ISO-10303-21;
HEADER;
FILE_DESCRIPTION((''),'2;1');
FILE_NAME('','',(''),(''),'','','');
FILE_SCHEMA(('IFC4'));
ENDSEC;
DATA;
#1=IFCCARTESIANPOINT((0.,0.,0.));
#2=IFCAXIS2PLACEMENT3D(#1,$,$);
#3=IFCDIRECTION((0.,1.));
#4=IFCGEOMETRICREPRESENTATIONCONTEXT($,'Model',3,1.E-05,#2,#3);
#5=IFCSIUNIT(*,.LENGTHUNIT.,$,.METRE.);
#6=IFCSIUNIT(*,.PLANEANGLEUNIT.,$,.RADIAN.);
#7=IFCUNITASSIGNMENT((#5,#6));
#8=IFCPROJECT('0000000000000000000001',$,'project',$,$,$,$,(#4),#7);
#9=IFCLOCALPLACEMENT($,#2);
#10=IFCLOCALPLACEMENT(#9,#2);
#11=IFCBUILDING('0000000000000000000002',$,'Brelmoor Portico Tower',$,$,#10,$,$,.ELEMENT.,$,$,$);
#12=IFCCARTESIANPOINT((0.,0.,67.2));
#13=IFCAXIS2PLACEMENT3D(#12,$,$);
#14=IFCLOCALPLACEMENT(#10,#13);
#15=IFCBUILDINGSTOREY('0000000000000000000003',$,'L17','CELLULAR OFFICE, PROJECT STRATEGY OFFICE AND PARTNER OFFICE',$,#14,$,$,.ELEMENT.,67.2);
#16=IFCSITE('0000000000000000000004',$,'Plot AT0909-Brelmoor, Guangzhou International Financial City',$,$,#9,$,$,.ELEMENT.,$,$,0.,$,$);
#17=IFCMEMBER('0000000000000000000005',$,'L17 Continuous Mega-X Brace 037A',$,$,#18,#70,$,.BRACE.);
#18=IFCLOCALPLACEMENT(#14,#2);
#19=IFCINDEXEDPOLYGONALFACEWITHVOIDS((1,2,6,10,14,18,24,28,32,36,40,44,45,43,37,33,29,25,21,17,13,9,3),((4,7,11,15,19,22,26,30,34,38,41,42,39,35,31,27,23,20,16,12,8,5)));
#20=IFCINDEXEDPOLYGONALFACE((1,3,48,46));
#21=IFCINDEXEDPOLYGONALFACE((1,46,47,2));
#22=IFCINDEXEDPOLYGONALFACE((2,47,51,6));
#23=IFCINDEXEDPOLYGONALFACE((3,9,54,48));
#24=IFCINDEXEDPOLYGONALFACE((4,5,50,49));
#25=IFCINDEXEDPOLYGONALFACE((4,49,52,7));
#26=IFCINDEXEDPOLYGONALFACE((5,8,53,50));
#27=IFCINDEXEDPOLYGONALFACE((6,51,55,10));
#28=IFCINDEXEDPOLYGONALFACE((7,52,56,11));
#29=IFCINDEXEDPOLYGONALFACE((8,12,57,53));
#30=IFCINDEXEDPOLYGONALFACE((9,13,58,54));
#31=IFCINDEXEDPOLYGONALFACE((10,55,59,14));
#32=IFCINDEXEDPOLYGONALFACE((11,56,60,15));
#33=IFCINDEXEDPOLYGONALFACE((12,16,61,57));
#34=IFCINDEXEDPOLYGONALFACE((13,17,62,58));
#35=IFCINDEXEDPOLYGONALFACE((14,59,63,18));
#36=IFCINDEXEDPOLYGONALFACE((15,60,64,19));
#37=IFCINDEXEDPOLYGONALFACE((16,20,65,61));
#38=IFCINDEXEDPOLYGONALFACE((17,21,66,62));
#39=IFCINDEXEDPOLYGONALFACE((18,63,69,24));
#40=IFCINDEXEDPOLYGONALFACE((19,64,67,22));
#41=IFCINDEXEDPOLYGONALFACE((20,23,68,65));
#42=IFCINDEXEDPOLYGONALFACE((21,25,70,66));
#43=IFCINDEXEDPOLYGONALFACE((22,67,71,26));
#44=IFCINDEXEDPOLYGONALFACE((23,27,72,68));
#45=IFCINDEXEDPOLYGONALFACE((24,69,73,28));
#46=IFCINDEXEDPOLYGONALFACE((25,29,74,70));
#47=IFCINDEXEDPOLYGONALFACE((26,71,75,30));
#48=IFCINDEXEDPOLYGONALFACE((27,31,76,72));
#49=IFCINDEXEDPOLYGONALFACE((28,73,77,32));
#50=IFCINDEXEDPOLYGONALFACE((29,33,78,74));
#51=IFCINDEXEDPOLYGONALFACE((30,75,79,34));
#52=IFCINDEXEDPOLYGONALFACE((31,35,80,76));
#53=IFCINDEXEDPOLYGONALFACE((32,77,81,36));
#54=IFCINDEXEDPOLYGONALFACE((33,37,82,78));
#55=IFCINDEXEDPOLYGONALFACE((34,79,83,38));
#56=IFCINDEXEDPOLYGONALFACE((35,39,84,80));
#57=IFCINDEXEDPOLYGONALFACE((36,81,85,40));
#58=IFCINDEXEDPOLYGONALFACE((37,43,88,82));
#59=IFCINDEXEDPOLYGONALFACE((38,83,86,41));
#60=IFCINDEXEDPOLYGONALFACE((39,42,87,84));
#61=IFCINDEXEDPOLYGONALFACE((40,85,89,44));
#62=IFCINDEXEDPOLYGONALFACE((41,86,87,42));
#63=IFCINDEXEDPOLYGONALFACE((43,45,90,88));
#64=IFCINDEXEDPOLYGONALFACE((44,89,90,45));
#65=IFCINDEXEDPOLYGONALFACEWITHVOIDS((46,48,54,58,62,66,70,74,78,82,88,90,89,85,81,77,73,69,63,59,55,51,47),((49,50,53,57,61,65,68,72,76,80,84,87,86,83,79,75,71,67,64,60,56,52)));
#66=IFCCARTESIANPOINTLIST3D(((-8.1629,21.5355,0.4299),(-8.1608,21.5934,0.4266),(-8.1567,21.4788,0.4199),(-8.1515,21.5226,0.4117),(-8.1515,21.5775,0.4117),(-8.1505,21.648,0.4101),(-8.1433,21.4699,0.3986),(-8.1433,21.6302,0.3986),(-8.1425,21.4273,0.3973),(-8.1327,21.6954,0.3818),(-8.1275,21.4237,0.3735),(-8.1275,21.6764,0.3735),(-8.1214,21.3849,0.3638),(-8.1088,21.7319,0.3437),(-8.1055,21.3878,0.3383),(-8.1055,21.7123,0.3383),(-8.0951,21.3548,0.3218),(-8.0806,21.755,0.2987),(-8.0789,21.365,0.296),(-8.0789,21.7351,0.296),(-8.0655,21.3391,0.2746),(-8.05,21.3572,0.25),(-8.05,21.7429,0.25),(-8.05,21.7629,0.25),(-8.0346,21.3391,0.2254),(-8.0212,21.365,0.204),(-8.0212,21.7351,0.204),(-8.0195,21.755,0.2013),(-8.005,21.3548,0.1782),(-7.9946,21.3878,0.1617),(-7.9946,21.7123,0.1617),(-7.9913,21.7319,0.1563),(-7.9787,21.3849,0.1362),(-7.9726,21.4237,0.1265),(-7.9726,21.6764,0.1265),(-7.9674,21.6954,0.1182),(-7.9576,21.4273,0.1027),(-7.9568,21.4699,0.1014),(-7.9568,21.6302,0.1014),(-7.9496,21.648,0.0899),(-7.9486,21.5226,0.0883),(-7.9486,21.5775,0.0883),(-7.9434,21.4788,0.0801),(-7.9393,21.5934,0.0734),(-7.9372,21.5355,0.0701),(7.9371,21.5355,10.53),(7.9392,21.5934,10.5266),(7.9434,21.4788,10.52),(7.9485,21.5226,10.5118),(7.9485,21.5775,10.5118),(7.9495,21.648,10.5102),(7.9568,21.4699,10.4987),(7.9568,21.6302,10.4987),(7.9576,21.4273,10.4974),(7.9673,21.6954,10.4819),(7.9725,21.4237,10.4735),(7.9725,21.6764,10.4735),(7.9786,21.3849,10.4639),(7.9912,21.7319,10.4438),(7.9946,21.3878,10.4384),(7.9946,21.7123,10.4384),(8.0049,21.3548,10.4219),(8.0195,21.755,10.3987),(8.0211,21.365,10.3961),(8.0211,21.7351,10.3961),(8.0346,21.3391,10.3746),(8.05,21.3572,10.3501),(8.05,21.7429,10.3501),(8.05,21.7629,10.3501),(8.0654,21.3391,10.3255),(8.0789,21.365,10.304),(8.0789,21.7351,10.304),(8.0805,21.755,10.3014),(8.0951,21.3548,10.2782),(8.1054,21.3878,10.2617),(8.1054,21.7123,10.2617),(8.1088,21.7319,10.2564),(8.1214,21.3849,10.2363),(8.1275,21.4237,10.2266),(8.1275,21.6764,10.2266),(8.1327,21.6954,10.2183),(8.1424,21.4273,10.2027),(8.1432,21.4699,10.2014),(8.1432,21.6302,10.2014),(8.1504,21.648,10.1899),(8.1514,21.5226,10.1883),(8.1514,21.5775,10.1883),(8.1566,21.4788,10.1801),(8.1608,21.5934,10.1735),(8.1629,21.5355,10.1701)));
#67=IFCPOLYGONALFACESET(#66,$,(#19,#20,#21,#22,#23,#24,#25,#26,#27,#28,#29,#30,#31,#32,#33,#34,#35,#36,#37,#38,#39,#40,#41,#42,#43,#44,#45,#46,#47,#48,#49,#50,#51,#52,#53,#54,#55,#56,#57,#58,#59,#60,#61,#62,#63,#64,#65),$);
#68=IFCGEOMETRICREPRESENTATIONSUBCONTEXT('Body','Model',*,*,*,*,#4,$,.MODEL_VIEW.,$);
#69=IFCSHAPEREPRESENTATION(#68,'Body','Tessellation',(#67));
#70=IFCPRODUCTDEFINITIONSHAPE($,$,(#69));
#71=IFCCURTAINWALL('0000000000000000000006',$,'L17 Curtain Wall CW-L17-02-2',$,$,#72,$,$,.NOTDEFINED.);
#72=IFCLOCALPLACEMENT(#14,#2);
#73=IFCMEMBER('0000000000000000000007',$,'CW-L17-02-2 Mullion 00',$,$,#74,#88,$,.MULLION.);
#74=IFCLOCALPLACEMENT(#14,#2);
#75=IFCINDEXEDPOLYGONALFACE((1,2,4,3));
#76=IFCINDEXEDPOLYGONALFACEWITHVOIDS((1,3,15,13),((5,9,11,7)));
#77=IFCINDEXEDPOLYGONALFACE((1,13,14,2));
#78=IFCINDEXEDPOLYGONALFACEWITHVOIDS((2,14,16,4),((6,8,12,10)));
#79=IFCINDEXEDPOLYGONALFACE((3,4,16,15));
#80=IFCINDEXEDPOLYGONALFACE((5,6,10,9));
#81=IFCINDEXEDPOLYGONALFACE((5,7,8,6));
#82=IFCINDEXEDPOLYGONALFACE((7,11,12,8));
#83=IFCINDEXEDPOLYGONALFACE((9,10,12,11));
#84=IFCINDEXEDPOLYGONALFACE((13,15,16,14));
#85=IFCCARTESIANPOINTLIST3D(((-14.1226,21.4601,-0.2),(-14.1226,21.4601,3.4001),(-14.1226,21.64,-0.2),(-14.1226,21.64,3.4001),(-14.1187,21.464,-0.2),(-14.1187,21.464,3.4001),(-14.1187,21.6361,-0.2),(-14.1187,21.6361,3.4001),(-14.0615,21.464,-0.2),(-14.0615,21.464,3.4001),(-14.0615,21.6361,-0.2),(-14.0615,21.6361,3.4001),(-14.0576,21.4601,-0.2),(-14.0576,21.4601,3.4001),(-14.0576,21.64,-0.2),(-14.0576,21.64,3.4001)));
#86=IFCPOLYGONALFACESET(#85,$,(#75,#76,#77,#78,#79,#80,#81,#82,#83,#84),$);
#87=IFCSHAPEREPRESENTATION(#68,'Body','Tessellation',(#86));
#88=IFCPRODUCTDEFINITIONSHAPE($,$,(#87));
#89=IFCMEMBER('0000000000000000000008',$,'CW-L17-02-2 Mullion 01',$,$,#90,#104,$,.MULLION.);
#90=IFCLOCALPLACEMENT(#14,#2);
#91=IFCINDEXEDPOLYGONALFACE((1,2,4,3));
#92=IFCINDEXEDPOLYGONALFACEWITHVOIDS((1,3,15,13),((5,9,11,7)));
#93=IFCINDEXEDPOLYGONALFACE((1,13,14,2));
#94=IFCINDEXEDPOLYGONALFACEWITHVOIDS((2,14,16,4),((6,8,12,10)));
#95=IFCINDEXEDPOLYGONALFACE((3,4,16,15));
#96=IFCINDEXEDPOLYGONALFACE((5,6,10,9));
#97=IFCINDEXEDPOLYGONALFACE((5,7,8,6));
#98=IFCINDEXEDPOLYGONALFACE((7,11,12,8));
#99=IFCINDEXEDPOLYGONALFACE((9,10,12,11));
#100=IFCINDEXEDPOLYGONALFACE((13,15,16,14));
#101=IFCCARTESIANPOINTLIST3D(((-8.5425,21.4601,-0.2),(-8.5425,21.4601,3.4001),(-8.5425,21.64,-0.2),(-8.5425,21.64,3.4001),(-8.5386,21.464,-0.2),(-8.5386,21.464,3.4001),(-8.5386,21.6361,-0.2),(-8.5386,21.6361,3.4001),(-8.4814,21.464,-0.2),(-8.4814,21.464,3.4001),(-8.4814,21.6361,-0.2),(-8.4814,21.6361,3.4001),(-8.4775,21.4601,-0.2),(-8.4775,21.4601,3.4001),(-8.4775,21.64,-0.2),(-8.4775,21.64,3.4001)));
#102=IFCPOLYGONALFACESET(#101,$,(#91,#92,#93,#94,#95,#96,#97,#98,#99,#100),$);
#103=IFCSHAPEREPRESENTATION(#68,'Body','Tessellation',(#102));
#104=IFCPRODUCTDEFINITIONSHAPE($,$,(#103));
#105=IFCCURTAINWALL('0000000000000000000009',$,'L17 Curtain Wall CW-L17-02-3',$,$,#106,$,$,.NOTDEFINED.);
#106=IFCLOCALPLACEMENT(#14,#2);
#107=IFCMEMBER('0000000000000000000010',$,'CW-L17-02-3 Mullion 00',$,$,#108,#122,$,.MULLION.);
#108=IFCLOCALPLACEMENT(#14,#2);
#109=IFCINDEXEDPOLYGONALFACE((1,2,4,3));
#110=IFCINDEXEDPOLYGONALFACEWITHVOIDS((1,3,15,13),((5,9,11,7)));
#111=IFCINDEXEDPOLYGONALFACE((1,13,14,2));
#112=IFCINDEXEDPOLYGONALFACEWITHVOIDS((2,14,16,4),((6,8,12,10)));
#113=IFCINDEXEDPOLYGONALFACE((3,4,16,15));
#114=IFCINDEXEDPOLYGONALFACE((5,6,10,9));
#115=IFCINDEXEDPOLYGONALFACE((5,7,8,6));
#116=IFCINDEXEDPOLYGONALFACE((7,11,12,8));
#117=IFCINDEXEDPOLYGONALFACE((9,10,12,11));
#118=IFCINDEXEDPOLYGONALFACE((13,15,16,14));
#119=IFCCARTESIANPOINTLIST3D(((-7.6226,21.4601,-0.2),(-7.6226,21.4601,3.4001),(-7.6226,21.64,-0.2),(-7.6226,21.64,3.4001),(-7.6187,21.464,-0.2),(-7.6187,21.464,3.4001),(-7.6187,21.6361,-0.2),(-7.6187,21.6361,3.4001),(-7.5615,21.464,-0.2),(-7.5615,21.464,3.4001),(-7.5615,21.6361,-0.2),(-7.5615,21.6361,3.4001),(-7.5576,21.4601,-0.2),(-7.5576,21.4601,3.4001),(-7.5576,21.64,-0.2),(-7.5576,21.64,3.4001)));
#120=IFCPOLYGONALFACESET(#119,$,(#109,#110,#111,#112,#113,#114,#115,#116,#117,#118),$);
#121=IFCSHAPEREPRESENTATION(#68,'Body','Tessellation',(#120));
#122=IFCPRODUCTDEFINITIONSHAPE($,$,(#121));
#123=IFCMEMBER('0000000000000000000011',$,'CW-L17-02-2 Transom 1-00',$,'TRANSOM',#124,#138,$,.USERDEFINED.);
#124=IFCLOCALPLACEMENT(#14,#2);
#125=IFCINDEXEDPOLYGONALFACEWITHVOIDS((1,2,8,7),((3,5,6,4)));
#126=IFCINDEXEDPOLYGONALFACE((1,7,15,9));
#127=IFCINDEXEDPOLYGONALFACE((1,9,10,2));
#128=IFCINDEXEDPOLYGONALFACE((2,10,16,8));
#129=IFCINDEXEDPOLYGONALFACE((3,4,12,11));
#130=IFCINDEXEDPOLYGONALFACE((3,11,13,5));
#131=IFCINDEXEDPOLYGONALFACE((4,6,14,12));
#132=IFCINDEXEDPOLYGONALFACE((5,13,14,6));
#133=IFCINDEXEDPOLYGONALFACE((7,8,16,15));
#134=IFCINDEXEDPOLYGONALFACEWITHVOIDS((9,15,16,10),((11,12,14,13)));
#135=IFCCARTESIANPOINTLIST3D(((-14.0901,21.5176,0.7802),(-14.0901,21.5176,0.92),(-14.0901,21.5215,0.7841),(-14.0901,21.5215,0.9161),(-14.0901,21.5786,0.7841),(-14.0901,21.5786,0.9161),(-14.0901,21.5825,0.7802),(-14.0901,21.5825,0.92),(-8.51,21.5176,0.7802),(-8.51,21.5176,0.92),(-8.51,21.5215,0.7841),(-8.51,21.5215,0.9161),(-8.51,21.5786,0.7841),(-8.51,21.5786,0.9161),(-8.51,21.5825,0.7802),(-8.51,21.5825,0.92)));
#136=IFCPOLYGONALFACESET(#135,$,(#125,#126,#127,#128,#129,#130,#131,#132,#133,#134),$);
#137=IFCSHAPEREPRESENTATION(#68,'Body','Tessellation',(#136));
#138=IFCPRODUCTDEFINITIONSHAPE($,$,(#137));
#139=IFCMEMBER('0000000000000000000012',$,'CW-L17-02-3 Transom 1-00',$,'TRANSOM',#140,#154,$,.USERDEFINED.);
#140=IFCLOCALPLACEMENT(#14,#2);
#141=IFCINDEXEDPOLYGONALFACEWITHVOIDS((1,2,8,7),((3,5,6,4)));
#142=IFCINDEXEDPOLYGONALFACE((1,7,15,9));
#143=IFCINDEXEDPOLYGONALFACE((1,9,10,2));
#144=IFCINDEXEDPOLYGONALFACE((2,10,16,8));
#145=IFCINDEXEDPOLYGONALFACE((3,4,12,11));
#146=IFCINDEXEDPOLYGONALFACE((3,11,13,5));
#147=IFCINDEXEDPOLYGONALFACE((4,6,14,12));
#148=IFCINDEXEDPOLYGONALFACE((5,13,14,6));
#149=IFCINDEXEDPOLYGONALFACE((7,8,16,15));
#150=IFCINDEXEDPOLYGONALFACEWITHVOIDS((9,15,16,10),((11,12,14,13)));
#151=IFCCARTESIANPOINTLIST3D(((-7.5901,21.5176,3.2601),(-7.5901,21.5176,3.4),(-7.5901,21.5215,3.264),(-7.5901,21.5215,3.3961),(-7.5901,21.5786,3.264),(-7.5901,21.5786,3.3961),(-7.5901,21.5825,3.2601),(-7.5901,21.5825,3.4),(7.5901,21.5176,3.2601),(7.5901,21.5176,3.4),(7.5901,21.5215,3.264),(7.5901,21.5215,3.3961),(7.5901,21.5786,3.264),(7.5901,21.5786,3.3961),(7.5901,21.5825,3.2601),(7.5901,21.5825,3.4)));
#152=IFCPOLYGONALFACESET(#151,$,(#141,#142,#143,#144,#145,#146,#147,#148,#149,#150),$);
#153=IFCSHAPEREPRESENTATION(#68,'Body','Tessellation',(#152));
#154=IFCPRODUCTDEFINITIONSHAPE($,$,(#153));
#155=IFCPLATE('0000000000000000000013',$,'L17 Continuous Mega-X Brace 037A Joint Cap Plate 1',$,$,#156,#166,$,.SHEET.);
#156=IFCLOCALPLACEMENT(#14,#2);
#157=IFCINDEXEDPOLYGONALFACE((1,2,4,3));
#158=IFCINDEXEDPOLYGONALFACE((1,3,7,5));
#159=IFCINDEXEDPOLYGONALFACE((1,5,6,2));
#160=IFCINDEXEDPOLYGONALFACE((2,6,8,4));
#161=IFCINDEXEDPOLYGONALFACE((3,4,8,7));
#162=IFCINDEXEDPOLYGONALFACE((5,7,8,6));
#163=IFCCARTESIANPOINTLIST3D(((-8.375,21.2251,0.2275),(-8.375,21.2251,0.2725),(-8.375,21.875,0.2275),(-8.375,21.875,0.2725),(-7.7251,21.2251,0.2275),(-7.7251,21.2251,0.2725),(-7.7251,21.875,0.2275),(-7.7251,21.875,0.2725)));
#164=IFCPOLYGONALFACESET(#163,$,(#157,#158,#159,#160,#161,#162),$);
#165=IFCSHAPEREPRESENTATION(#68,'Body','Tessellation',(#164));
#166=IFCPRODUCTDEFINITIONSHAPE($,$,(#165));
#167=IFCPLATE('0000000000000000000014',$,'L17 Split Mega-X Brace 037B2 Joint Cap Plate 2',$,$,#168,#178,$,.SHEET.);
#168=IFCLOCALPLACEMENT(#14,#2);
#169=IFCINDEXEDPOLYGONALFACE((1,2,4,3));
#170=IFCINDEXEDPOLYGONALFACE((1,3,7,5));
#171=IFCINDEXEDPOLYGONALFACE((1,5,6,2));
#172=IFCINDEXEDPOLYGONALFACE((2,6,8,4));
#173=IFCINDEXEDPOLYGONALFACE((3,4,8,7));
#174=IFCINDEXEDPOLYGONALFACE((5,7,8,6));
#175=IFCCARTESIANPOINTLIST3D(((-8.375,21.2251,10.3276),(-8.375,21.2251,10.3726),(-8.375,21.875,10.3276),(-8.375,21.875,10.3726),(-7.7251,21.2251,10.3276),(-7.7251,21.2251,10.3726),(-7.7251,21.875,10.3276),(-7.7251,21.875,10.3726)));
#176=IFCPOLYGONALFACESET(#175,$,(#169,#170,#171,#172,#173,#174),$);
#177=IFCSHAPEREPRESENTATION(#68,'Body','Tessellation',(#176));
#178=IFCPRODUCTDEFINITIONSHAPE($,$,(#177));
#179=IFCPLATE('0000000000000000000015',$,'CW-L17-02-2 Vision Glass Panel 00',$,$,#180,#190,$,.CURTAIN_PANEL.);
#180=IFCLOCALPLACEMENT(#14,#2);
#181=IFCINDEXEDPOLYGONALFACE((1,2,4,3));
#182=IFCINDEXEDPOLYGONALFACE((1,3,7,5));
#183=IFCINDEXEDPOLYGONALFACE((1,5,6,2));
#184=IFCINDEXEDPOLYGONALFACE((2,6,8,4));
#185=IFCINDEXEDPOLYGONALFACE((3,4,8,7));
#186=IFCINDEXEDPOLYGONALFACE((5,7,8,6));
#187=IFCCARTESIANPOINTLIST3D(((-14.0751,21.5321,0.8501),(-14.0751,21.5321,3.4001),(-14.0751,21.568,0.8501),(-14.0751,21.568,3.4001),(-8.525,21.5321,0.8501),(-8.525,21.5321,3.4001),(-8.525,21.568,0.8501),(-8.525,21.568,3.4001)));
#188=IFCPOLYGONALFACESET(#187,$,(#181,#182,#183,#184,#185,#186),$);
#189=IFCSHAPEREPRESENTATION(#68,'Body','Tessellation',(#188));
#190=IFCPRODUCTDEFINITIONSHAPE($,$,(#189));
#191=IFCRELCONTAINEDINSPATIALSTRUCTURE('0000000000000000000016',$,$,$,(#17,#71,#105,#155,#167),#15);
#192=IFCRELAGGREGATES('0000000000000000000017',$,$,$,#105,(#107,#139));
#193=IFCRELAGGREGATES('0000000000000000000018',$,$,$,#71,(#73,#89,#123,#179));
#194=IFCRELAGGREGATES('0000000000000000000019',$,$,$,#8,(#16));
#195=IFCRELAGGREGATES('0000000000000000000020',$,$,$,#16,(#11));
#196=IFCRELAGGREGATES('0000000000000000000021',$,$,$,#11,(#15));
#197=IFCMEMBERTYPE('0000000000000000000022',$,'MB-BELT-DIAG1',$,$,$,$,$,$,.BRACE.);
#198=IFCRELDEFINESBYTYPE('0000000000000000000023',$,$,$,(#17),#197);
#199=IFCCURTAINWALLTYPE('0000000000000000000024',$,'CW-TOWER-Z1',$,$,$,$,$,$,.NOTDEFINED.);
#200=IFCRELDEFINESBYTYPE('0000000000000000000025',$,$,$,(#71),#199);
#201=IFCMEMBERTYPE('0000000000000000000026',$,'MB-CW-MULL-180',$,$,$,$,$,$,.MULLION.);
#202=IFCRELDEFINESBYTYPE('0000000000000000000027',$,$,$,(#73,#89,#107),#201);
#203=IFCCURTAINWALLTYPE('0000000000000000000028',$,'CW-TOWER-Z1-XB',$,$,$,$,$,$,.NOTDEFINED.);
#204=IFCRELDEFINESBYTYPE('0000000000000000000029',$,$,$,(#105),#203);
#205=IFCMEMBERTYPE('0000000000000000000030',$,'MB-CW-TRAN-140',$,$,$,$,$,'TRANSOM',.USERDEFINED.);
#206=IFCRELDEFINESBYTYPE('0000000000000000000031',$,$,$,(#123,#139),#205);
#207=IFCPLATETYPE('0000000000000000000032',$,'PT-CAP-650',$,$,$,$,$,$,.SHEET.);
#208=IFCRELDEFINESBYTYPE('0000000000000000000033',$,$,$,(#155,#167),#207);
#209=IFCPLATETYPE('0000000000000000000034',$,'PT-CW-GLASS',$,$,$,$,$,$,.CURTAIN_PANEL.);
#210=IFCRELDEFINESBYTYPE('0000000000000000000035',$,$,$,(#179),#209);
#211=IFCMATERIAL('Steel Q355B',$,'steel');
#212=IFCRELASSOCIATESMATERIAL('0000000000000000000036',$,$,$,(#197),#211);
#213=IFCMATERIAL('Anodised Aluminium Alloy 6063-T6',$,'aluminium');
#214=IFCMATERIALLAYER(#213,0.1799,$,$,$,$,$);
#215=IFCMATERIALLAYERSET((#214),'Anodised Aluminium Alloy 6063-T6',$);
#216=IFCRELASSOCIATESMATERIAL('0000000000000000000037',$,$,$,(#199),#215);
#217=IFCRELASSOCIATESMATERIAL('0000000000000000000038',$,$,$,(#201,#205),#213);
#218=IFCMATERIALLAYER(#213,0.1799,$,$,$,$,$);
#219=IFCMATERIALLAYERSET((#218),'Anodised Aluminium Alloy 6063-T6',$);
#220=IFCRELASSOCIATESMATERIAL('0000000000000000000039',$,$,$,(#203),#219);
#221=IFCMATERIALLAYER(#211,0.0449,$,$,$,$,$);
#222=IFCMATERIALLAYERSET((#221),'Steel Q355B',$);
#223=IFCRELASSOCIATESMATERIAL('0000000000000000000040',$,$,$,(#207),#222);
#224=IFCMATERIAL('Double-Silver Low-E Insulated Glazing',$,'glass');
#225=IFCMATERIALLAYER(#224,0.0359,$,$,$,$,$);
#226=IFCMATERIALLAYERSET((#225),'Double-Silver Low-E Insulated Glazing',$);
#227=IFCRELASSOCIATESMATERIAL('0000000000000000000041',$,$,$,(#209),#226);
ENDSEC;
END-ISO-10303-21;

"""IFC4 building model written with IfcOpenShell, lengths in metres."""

from ifc_helpers import new_model, si_unit, direction, frame, origin, origin_2d, place, context, subcontext, project, spatial, rectangle, hollow_rectangle, hollow_circle, extrude, material, layer, layer_set, material_profile, profile_set, type_object, element, aggregate, save


model = new_model("IFC4")

# Units and contexts
model_context = context("Model", 3, precision=1e-05, world=origin(), true_north=direction((0.0, 1.0)))
body_context = subcontext(model_context, "Body", "Model", "MODEL_VIEW")
ifc_project = project(units=[si_unit("LENGTHUNIT", "METRE"), si_unit("PLANEANGLEUNIT", "RADIAN")], contexts=[model_context])

# Site, building, storey
site_placement = place(None, origin())
site = spatial("IfcSite", under=ifc_project, at=site_placement, Name="Plot AT0909-Brelmoor, Guangzhou International Financial City", CompositionType="ELEMENT", RefElevation=0.0)
building_placement = place(site_placement, origin())
building = spatial("IfcBuilding", under=site, at=building_placement, Name="Brelmoor Portico Tower", CompositionType="ELEMENT")
storey_placement = place(building_placement, frame((0.0, 0.0, 67.2)))
storey = spatial("IfcBuildingStorey", under=building, at=storey_placement, Name="L17", Description="CELLULAR OFFICE, PROJECT STRATEGY OFFICE AND PARTNER OFFICE", CompositionType="ELEMENT", Elevation=67.2)

# Shared definitions
ifc_material_1 = material(Name="Steel Q355B", Category="steel")

# Member
ifc_material_profile_1 = material_profile(ifc_material_1, hollow_circle(Radius=0.2129, WallThickness=0.02, at=origin_2d()), Name="CHS 426x20")
ifc_profile_set_1 = profile_set([ifc_material_profile_1], Name="Steel Q355B")
member_type_1 = type_object("IfcMemberType", Name="MB-BELT-DIAG1", PredefinedType="BRACE", material=ifc_profile_set_1)
member_1_placement = place(storey_placement, frame((-8.05, 21.55, 0.25), z_axis=(0.847109, 0.0, 0.531418), x_axis=(0.0, 1.0, 0.0)))
element("IfcMember", 1, at=member_1_placement, inside=storey, type_object=member_type_1, Name="L17 Continuous Mega-X Brace 037A", PredefinedType="BRACE", context=body_context, shape_type="SweptSolid", body=[
    extrude(hollow_circle(Radius=0.2129, WallThickness=0.02, at=origin_2d()), origin(), (0.0, 0.0, 1.0), 19.0059),
])

# Curtain wall, members
ifc_material_2 = material(Name="Anodised Aluminium Alloy 6063-T6", Category="aluminium")
ifc_layer_1 = layer(ifc_material_2, 0.1799)
ifc_layer_set_1 = layer_set([ifc_layer_1], Name="Anodised Aluminium Alloy 6063-T6")
curtain_wall_type_1 = type_object("IfcCurtainWallType", Name="CW-TOWER-Z1", PredefinedType="NOTDEFINED", material=ifc_layer_set_1)
curtain_wall_1_placement = place(storey_placement, origin())
curtain_wall_1 = element("IfcCurtainWall", 2, at=curtain_wall_1_placement, inside=storey, type_object=curtain_wall_type_1, Name="L17 Curtain Wall CW-L17-02-2", PredefinedType="NOTDEFINED")
ifc_material_profile_2 = material_profile(ifc_material_2, hollow_rectangle(XDim=0.0649, YDim=0.1799, WallThickness=0.0039, at=origin_2d()), Name="ALU MULLION 65x180")
ifc_profile_set_2 = profile_set([ifc_material_profile_2], Name="Anodised Aluminium Alloy 6063-T6")
member_type_2 = type_object("IfcMemberType", Name="MB-CW-MULL-180", PredefinedType="MULLION", material=ifc_profile_set_2)
member_2_placement = place(storey_placement, frame((-14.0901, 21.55, -0.2), z_axis=(0.0, 0.0, 1.0), x_axis=(1.0, 0.0, 0.0)))
member_2 = element("IfcMember", 3, at=member_2_placement, type_object=member_type_2, Name="CW-L17-02-2 Mullion 00", PredefinedType="MULLION", context=body_context, shape_type="SweptSolid", body=[
    extrude(hollow_rectangle(XDim=0.0649, YDim=0.1799, WallThickness=0.0039, at=origin_2d()), origin(), (0.0, 0.0, 1.0), 3.6001),
])
member_3_placement = place(storey_placement, frame((-8.51, 21.55, -0.2), z_axis=(0.0, 0.0, 1.0), x_axis=(1.0, 0.0, 0.0)))
member_3 = element("IfcMember", 4, at=member_3_placement, type_object=member_type_2, Name="CW-L17-02-2 Mullion 01", PredefinedType="MULLION", context=body_context, shape_type="SweptSolid", body=[
    extrude(hollow_rectangle(XDim=0.0649, YDim=0.1799, WallThickness=0.0039, at=origin_2d()), origin(), (0.0, 0.0, 1.0), 3.6001),
])

# Curtain wall, member
ifc_layer_2 = layer(ifc_material_2, 0.1799)
ifc_layer_set_2 = layer_set([ifc_layer_2], Name="Anodised Aluminium Alloy 6063-T6")
curtain_wall_type_2 = type_object("IfcCurtainWallType", Name="CW-TOWER-Z1-XB", PredefinedType="NOTDEFINED", material=ifc_layer_set_2)
curtain_wall_2_placement = place(storey_placement, origin())
curtain_wall_2 = element("IfcCurtainWall", 5, at=curtain_wall_2_placement, inside=storey, type_object=curtain_wall_type_2, Name="L17 Curtain Wall CW-L17-02-3", PredefinedType="NOTDEFINED")
member_4_placement = place(storey_placement, frame((-7.5901, 21.55, -0.2), z_axis=(0.0, 0.0, 1.0), x_axis=(1.0, 0.0, 0.0)))
member_4 = element("IfcMember", 6, at=member_4_placement, type_object=member_type_2, Name="CW-L17-02-3 Mullion 00", PredefinedType="MULLION", context=body_context, shape_type="SweptSolid", body=[
    extrude(hollow_rectangle(XDim=0.0649, YDim=0.1799, WallThickness=0.0039, at=origin_2d()), origin(), (0.0, 0.0, 1.0), 3.6001),
])

# Members
ifc_material_profile_3 = material_profile(ifc_material_2, hollow_rectangle(XDim=0.0649, YDim=0.1399, WallThickness=0.0039, at=origin_2d()), Name="ALU TRANSOM 65x140")
ifc_profile_set_3 = profile_set([ifc_material_profile_3], Name="Anodised Aluminium Alloy 6063-T6")
member_type_3 = type_object("IfcMemberType", Name="MB-CW-TRAN-140", ElementType="TRANSOM", PredefinedType="USERDEFINED", material=ifc_profile_set_3)
member_5_placement = place(storey_placement, frame((-14.0901, 21.55, 0.8501), z_axis=(1.0, 0.0, 0.0), x_axis=(0.0, 1.0, 0.0)))
member_5 = element("IfcMember", 7, at=member_5_placement, type_object=member_type_3, Name="CW-L17-02-2 Transom 1-00", ObjectType="TRANSOM", PredefinedType="USERDEFINED", context=body_context, shape_type="SweptSolid", body=[
    extrude(hollow_rectangle(XDim=0.0649, YDim=0.1399, WallThickness=0.0039, at=origin_2d()), origin(), (0.0, 0.0, 1.0), 5.5801),
])
member_6_placement = place(storey_placement, frame((-7.5901, 21.55, 3.3301), z_axis=(1.0, 0.0, 0.0), x_axis=(0.0, 1.0, 0.0)))
member_6 = element("IfcMember", 8, at=member_6_placement, type_object=member_type_3, Name="CW-L17-02-3 Transom 1-00", ObjectType="TRANSOM", PredefinedType="USERDEFINED", context=body_context, shape_type="SweptSolid", body=[
    extrude(hollow_rectangle(XDim=0.0649, YDim=0.1399, WallThickness=0.0039, at=origin_2d()), origin(), (0.0, 0.0, 1.0), 15.1802),
])
aggregate(curtain_wall_2, [member_4, member_6])

# Plates
ifc_layer_3 = layer(ifc_material_1, 0.0449)
ifc_layer_set_3 = layer_set([ifc_layer_3], Name="Steel Q355B")
plate_type_1 = type_object("IfcPlateType", Name="PT-CAP-650", PredefinedType="SHEET", material=ifc_layer_set_3)
for number, where, z_axis, x_axis, name in (
    (9, (-8.05, 21.55, 0.2275), (0.0, 0.0, 1.0), (1.0, 0.0, 0.0), "L17 Continuous Mega-X Brace 037A Joint Cap Plate 1"),
    (10, (-8.05, 21.55, 10.3276), (0.0, 0.0, 1.0), (1.0, 0.0, 0.0), "L17 Split Mega-X Brace 037B2 Joint Cap Plate 2"),
):
    element("IfcPlate", number, at=place(storey_placement, frame(where, z_axis=z_axis, x_axis=x_axis)), inside=storey, type_object=plate_type_1, Name=name, PredefinedType="SHEET", context=body_context, shape_type="SweptSolid", body=[
        extrude(rectangle(XDim=0.6499, YDim=0.6499, at=origin_2d()), origin(), (0.0, 0.0, 1.0), 0.0449),
    ])

# Plate
ifc_material_3 = material(Name="Double-Silver Low-E Insulated Glazing", Category="glass")
ifc_layer_4 = layer(ifc_material_3, 0.0359)
ifc_layer_set_4 = layer_set([ifc_layer_4], Name="Double-Silver Low-E Insulated Glazing")
plate_type_2 = type_object("IfcPlateType", Name="PT-CW-GLASS", PredefinedType="CURTAIN_PANEL", material=ifc_layer_set_4)
plate_1_placement = place(storey_placement, frame((-11.3, 21.55, 0.8501), z_axis=(0.0, 0.0, 1.0), x_axis=(1.0, 0.0, 0.0)))
plate_1 = element("IfcPlate", 11, at=plate_1_placement, type_object=plate_type_2, Name="CW-L17-02-2 Vision Glass Panel 00", PredefinedType="CURTAIN_PANEL", context=body_context, shape_type="SweptSolid", body=[
    extrude(rectangle(XDim=5.55, YDim=0.0359, at=origin_2d()), origin(), (0.0, 0.0, 1.0), 2.55),
])
aggregate(curtain_wall_1, [member_2, member_3, member_5, plate_1])

save(model, "model.ifc")
